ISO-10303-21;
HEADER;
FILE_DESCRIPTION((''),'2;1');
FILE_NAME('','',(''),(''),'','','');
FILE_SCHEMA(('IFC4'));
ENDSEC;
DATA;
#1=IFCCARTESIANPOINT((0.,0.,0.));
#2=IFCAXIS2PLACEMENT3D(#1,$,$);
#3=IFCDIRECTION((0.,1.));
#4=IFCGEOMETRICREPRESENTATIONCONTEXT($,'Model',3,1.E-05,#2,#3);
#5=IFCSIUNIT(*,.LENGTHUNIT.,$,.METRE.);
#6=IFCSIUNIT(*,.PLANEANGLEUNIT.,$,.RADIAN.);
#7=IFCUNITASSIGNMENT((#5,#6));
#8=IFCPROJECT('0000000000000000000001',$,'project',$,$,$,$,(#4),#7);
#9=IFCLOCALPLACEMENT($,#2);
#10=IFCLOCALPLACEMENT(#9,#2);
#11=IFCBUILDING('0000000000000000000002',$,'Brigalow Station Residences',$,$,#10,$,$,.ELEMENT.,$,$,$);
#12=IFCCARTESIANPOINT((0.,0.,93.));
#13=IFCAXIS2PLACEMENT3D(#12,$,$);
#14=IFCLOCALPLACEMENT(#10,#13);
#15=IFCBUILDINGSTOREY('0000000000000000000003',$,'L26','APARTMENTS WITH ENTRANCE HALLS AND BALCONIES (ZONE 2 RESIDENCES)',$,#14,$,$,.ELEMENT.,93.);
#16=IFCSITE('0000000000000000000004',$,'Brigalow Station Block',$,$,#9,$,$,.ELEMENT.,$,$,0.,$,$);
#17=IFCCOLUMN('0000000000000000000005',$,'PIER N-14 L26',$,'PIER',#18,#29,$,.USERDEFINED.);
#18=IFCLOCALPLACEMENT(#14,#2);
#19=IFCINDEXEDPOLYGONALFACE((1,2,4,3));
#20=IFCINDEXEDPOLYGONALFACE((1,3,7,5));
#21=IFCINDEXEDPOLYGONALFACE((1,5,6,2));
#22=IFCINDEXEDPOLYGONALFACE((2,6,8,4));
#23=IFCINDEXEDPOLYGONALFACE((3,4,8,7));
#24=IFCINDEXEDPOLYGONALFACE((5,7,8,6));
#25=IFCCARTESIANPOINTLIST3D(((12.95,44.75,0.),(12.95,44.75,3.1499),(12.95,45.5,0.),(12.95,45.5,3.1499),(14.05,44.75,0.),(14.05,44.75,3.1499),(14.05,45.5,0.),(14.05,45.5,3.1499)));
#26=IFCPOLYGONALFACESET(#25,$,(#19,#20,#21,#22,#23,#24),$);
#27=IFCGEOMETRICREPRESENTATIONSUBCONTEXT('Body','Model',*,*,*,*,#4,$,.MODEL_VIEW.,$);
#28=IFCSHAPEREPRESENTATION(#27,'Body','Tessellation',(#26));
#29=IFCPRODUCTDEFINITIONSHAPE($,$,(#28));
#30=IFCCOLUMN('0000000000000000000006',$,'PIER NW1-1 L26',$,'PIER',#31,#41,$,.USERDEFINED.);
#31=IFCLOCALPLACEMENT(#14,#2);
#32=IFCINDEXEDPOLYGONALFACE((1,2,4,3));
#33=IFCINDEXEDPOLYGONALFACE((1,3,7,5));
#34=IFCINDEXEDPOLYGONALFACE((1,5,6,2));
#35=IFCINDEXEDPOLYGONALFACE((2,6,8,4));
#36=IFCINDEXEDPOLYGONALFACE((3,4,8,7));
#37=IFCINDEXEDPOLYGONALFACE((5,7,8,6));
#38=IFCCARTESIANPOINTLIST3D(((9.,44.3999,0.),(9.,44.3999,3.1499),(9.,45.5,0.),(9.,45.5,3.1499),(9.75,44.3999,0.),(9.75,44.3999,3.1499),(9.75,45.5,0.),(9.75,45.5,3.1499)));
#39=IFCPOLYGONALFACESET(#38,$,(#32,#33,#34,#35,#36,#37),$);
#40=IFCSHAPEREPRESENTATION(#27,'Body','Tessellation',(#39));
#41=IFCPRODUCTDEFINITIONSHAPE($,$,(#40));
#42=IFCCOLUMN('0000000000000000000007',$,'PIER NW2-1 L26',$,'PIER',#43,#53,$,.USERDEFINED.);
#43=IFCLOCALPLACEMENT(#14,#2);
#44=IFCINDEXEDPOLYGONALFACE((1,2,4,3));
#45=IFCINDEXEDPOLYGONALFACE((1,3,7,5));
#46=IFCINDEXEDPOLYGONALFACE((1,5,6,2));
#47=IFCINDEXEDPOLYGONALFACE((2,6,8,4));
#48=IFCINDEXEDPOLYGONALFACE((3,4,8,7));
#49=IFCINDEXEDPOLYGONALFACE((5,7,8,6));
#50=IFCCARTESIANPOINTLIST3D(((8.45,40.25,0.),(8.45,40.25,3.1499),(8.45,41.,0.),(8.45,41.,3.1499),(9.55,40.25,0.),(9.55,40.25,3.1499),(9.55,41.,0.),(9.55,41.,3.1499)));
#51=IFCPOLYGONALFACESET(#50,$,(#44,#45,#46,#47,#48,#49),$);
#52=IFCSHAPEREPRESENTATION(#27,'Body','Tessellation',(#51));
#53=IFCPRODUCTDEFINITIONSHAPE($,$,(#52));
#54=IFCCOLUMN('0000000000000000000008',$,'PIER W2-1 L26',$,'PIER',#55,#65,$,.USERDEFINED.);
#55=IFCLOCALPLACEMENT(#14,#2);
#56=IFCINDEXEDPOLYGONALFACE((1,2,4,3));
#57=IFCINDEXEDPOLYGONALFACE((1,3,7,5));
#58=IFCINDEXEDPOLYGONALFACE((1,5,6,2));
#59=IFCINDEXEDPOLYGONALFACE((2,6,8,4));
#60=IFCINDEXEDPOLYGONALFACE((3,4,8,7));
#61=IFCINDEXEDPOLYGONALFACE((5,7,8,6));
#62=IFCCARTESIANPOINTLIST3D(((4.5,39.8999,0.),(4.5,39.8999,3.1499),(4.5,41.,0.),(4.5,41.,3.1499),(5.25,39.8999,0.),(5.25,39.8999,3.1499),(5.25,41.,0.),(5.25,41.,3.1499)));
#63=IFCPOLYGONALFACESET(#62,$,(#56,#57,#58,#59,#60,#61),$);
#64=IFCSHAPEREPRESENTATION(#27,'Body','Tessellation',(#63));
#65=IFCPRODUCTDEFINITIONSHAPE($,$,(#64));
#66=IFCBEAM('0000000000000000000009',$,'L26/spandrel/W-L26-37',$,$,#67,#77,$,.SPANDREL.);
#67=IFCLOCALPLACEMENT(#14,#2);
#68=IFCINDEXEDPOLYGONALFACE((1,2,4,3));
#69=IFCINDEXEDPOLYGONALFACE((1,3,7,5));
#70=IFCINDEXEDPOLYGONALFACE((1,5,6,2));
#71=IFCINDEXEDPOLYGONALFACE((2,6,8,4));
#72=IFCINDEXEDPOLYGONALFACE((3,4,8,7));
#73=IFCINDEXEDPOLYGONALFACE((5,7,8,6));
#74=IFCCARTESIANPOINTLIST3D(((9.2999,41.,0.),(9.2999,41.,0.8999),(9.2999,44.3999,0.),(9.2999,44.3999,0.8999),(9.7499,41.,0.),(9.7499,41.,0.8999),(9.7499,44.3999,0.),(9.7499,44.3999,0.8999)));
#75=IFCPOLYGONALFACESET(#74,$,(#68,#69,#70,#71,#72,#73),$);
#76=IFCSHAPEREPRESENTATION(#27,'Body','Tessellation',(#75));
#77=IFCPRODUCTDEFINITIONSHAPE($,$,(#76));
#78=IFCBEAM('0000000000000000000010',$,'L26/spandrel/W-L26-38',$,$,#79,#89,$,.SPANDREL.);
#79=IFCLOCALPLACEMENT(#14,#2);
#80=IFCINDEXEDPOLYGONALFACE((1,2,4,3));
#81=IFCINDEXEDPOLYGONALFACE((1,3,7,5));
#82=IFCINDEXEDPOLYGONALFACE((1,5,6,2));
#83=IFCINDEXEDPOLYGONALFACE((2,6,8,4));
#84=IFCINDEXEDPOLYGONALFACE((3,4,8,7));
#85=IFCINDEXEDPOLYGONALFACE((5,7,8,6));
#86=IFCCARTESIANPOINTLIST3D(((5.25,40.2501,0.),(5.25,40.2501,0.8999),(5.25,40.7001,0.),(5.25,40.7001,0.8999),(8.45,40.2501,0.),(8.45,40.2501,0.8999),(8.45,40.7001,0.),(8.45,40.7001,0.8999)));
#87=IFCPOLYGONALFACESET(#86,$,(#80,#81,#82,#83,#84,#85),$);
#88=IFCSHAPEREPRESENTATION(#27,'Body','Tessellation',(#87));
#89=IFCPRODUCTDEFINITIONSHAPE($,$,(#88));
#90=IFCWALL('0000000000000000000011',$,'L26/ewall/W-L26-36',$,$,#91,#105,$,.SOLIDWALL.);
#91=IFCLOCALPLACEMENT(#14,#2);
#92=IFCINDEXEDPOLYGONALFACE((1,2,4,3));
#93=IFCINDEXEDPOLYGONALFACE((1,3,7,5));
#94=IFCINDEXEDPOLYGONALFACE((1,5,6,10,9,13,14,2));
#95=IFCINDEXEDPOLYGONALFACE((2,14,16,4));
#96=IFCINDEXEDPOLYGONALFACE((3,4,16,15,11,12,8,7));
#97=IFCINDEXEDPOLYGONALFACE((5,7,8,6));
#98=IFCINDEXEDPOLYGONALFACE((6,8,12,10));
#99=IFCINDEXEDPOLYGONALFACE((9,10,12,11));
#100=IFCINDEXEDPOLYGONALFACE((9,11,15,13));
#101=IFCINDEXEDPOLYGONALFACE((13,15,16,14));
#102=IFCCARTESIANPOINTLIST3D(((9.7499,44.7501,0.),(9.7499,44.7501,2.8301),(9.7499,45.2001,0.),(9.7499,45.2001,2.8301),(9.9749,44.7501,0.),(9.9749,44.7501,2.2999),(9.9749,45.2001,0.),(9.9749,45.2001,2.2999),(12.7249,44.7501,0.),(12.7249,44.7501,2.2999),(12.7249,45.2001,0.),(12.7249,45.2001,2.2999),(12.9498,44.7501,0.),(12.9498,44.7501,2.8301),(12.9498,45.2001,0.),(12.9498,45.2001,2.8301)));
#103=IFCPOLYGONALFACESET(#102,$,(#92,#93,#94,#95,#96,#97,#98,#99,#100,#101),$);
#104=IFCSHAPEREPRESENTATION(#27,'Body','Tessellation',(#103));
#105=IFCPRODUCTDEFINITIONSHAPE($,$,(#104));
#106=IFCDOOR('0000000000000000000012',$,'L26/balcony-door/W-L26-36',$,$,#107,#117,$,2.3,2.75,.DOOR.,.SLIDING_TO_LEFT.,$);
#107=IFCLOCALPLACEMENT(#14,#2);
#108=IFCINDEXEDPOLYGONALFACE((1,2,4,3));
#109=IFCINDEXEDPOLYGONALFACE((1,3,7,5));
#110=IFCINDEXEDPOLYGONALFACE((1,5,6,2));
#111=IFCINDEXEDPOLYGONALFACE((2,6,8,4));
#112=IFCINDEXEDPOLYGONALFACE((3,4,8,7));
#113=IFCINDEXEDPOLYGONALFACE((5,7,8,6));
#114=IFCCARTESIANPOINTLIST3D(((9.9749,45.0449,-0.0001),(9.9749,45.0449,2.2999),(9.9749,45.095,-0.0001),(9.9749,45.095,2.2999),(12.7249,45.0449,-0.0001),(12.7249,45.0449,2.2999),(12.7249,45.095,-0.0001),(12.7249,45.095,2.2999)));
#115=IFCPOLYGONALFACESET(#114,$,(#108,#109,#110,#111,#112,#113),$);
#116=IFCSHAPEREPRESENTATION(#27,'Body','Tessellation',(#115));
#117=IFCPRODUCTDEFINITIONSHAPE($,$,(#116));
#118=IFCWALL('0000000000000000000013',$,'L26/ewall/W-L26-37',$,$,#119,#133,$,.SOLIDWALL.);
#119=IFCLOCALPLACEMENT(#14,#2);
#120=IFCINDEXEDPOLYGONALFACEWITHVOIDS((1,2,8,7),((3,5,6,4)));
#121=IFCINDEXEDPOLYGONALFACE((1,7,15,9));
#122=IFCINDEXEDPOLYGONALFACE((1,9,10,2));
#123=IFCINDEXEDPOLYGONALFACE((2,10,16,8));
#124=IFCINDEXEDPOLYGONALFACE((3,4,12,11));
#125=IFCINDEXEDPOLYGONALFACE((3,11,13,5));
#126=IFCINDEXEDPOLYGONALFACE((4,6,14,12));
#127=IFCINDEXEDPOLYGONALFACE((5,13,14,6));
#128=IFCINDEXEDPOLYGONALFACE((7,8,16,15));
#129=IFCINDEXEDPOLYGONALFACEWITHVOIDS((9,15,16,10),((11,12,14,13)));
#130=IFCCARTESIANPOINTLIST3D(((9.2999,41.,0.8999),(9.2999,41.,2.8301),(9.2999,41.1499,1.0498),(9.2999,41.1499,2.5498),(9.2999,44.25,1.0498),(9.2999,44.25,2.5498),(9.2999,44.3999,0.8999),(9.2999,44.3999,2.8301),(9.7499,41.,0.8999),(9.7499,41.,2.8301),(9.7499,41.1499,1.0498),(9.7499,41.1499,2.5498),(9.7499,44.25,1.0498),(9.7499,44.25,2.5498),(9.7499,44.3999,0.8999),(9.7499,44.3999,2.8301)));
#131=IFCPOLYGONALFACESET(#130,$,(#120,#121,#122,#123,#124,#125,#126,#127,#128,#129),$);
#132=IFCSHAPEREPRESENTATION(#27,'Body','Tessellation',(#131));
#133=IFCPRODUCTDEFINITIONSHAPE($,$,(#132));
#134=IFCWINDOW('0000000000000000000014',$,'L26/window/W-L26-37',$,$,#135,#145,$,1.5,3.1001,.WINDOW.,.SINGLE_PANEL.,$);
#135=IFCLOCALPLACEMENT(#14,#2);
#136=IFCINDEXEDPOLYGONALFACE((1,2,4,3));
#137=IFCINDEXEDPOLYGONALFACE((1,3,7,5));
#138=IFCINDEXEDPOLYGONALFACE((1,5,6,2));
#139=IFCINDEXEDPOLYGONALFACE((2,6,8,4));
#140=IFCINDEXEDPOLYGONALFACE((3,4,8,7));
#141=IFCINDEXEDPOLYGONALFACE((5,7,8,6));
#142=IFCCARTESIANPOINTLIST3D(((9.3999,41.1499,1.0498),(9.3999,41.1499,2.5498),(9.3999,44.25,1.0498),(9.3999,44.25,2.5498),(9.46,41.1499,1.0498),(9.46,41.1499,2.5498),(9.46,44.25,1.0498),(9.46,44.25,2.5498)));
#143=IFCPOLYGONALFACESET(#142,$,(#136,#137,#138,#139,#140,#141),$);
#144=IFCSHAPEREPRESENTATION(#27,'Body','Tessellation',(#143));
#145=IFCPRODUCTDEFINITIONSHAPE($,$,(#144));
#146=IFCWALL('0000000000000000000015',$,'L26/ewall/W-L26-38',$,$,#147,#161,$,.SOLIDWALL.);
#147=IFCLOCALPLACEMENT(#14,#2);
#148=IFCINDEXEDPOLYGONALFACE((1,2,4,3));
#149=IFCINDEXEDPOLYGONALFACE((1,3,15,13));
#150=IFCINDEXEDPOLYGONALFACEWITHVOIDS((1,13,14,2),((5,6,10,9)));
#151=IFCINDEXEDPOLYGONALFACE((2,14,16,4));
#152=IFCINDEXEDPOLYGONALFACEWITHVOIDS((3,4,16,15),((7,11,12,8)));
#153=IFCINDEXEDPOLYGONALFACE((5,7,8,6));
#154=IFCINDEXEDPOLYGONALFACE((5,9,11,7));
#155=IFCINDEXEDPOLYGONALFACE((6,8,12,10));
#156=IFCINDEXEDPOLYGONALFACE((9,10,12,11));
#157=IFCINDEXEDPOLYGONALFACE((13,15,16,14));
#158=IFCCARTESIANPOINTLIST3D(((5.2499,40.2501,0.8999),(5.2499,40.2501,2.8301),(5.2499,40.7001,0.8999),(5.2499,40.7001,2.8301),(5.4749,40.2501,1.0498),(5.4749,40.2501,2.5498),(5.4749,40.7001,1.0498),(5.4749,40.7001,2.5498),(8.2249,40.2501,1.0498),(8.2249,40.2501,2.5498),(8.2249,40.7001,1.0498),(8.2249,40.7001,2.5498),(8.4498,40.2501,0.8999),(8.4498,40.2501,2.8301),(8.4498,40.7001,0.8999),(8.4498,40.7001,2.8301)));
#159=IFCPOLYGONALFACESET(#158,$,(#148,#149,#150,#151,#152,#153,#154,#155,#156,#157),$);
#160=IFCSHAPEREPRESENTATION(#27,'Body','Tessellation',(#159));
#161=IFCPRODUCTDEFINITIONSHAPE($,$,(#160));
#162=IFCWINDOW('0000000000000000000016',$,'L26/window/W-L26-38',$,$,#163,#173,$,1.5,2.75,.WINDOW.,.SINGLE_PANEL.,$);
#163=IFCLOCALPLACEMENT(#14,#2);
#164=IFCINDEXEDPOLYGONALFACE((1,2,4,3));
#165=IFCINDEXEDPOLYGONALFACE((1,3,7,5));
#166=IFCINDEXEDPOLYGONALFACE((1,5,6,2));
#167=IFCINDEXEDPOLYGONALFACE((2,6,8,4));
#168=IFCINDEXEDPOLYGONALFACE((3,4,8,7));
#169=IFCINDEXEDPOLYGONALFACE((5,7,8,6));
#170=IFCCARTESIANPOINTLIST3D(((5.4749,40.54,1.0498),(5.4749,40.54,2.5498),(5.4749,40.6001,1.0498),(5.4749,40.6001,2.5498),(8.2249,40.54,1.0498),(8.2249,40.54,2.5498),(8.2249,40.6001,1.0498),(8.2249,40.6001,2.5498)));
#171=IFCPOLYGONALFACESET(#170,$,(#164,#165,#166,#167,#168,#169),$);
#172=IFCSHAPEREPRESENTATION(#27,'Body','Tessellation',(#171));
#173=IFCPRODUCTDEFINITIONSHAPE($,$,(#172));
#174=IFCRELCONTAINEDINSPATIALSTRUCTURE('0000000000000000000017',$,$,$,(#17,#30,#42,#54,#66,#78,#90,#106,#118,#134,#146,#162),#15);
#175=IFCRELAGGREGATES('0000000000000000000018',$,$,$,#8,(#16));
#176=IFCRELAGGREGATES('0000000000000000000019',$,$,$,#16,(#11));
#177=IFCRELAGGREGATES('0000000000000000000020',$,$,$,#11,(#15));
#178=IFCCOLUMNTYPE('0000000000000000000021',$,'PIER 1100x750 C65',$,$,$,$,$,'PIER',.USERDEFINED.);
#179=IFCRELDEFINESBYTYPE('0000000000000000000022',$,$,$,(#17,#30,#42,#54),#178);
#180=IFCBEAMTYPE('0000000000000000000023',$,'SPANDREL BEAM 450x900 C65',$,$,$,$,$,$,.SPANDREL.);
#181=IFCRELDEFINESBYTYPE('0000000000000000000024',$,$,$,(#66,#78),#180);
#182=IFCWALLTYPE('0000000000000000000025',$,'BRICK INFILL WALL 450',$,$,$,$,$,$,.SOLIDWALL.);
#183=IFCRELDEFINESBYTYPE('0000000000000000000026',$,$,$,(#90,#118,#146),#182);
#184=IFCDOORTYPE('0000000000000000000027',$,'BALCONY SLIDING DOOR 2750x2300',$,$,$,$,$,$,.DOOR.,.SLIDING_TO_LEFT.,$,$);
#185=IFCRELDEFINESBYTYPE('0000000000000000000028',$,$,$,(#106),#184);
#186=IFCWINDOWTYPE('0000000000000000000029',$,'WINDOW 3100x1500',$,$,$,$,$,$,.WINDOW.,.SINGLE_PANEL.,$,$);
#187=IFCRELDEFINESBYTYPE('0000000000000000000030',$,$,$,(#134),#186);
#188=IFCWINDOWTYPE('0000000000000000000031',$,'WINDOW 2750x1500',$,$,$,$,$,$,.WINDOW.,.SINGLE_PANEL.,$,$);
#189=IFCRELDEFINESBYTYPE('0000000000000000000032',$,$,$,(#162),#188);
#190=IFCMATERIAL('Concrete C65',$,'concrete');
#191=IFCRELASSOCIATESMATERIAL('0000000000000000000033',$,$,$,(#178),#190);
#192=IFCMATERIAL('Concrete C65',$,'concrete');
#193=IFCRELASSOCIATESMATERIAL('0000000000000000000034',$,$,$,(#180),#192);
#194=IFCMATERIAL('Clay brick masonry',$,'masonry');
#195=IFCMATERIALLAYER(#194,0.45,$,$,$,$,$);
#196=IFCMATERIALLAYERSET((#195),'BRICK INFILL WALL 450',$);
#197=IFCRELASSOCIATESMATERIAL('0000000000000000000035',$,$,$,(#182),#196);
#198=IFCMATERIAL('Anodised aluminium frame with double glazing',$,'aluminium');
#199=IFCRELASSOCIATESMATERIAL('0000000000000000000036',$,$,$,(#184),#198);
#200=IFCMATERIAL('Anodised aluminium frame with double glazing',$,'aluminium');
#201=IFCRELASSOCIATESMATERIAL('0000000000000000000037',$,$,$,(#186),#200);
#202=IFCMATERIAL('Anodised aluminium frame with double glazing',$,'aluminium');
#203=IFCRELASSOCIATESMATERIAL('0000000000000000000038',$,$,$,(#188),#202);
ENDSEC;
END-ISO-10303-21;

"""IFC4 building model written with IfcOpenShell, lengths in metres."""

from ifc_helpers import new_model, si_unit, direction, frame, frame_2d, origin, origin_2d, place, context, subcontext, project, spatial, rectangle, extrude, material, layer, layer_set, material_profile, profile_set, type_object, element, fill, save


model = new_model("IFC4")

# Units and contexts
model_context = context("Model", 3, precision=1e-05, world=origin(), true_north=direction((0.0, 1.0)))
body_context = subcontext(model_context, "Body", "Model", "MODEL_VIEW")
ifc_project = project(units=[si_unit("LENGTHUNIT", "METRE"), si_unit("PLANEANGLEUNIT", "RADIAN")], contexts=[model_context])

# Site, building, storey
site_placement = place(None, origin())
site = spatial("IfcSite", under=ifc_project, at=site_placement, Name="Brigalow Station Block", CompositionType="ELEMENT", RefElevation=0.0)
building_placement = place(site_placement, origin())
building = spatial("IfcBuilding", under=site, at=building_placement, Name="Brigalow Station Residences", CompositionType="ELEMENT")
storey_placement = place(building_placement, frame((0.0, 0.0, 93.0)))
storey = spatial("IfcBuildingStorey", under=building, at=storey_placement, Name="L26", Description="APARTMENTS WITH ENTRANCE HALLS AND BALCONIES (ZONE 2 RESIDENCES)", CompositionType="ELEMENT", Elevation=93.0)

# Columns
ifc_material_1 = material(Name="Concrete C65", Category="concrete")
ifc_material_profile_1 = material_profile(ifc_material_1, rectangle(XDim=1.1001, YDim=0.75, at=origin_2d()), Name="RC1100x750")
ifc_profile_set_1 = profile_set([ifc_material_profile_1], Name="Concrete C65")
column_type = type_object("IfcColumnType", Name="PIER 1100x750 C65", ElementType="PIER", PredefinedType="USERDEFINED", material=ifc_profile_set_1)
for number, where, z_axis, x_axis, name in (
    (1, (13.5, 45.125, 0.0), (0.0, 0.0, 1.0), (-1.0, 0.0, 0.0), "PIER N-14 L26"),
    (2, (9.375, 44.95, 0.0), (0.0, 0.0, 1.0), (0.0, -1.0, 0.0), "PIER NW1-1 L26"),
    (3, (9.0, 40.625, 0.0), (0.0, 0.0, 1.0), (-1.0, 0.0, 0.0), "PIER NW2-1 L26"),
    (4, (4.875, 40.45, 0.0), (0.0, 0.0, 1.0), (0.0, -1.0, 0.0), "PIER W2-1 L26"),
):
    element("IfcColumn", number, at=place(storey_placement, frame(where, z_axis=z_axis, x_axis=x_axis)), inside=storey, type_object=column_type, Name=name, ObjectType="PIER", PredefinedType="USERDEFINED", context=body_context, shape_type="SweptSolid", body=[
        extrude(rectangle(XDim=1.1001, YDim=0.75, at=origin_2d()), origin(), (0.0, 0.0, 1.0), 3.1499),
    ])

# Beams
ifc_material_2 = material(Name="Concrete C65", Category="concrete")
ifc_material_profile_2 = material_profile(ifc_material_2, rectangle(XDim=0.45, YDim=0.8999, at=origin_2d()), Name="RC450x900")
ifc_profile_set_2 = profile_set([ifc_material_profile_2], Name="Concrete C65")
beam_type = type_object("IfcBeamType", Name="SPANDREL BEAM 450x900 C65", PredefinedType="SPANDREL", material=ifc_profile_set_2)
beam_1_placement = place(storey_placement, frame((9.5249, 44.3999, 0.45), z_axis=(0.0, -1.0, 0.0), x_axis=(1.0, 0.0, 0.0)))
element("IfcBeam", 5, at=beam_1_placement, inside=storey, type_object=beam_type, Name="L26/spandrel/W-L26-37", PredefinedType="SPANDREL", context=body_context, shape_type="SweptSolid", body=[
    extrude(rectangle(XDim=0.45, YDim=0.8999, at=origin_2d()), origin(), (0.0, 0.0, 1.0), 3.3999),
])
beam_2_placement = place(storey_placement, frame((8.45, 40.4751, 0.45), z_axis=(-1.0, 0.0, 0.0), x_axis=(0.0, -1.0, 0.0)))
element("IfcBeam", 6, at=beam_2_placement, inside=storey, type_object=beam_type, Name="L26/spandrel/W-L26-38", PredefinedType="SPANDREL", context=body_context, shape_type="SweptSolid", body=[
    extrude(rectangle(XDim=0.45, YDim=0.8999, at=origin_2d()), origin(), (0.0, 0.0, 1.0), 3.2),
])

# Wall, opening, door
ifc_material_3 = material(Name="Clay brick masonry", Category="masonry")
ifc_layer_1 = layer(ifc_material_3, 0.45)
ifc_layer_set_1 = layer_set([ifc_layer_1], Name="BRICK INFILL WALL 450")
wall_type_1 = type_object("IfcWallType", Name="BRICK INFILL WALL 450", PredefinedType="SOLIDWALL", material=ifc_layer_set_1)
wall_1_placement = place(storey_placement, frame((12.95, 44.9751, 0.0), z_axis=(0.0, 0.0, 1.0), x_axis=(-1.0, 0.0, 0.0)))
wall_1 = element("IfcWall", 7, at=wall_1_placement, inside=storey, type_object=wall_type_1, Name="L26/ewall/W-L26-36", PredefinedType="SOLIDWALL", context=body_context, shape_type="SweptSolid", body=[
    extrude(rectangle(XDim=3.2, YDim=0.45, at=frame_2d((1.6001, 0.0))), origin(), (0.0, 0.0, 1.0), 2.8301),
])
opening_1_placement = place(wall_1_placement, frame((0.2251, 0.0, 0.0)))
opening_1 = element("IfcOpeningElement", 8, at=opening_1_placement, cuts=wall_1, PredefinedType="OPENING", context=body_context, shape_type="SweptSolid", body=[
    extrude(rectangle(XDim=2.75, YDim=2.3, at=frame_2d((1.375, 1.1499))), frame((0.0, 0.2349, 0.0), z_axis=(0.0, -1.0, 0.0), x_axis=(1.0, 0.0, 0.0)), (0.0, 0.0, 1.0), 0.47),
])
ifc_material_4 = material(Name="Anodised aluminium frame with double glazing", Category="aluminium")
door_type_1 = type_object("IfcDoorType", Name="BALCONY SLIDING DOOR 2750x2300", OperationType="SLIDING_TO_LEFT", PredefinedType="DOOR", material=ifc_material_4)
door_1_placement = place(opening_1_placement, origin())
door_1 = element("IfcDoor", 9, at=door_1_placement, inside=storey, type_object=door_type_1, Name="L26/balcony-door/W-L26-36", OperationType="SLIDING_TO_LEFT", OverallHeight=2.3, OverallWidth=2.75, PredefinedType="DOOR", context=body_context, shape_type="SweptSolid", body=[
    extrude(rectangle(XDim=2.75, YDim=2.3, at=frame_2d((1.375, 1.1499))), frame((0.0, -0.0698, 0.0), z_axis=(0.0, -1.0, 0.0), x_axis=(1.0, 0.0, 0.0)), (0.0, 0.0, 1.0), 0.05),
])
fill(opening_1, door_1)

# Walls, openings, windows
wall_2_placement = place(storey_placement, frame((9.5249, 44.3999, 0.8999), z_axis=(0.0, 0.0, 1.0), x_axis=(0.0, -1.0, 0.0)))
wall_2 = element("IfcWall", 10, at=wall_2_placement, inside=storey, type_object=wall_type_1, Name="L26/ewall/W-L26-37", PredefinedType="SOLIDWALL", context=body_context, shape_type="SweptSolid", body=[
    extrude(rectangle(XDim=3.3999, YDim=0.45, at=frame_2d((1.7, 0.0))), origin(), (0.0, 0.0, 1.0), 1.9302),
])
opening_2_placement = place(wall_2_placement, frame((0.1499, 0.0, 0.1499)))
opening_2 = element("IfcOpeningElement", 11, at=opening_2_placement, cuts=wall_2, PredefinedType="OPENING", context=body_context, shape_type="SweptSolid", body=[
    extrude(rectangle(XDim=3.1001, YDim=1.5, at=frame_2d((1.55, 0.75))), frame((0.0, 0.2349, 0.0), z_axis=(0.0, -1.0, 0.0), x_axis=(1.0, 0.0, 0.0)), (0.0, 0.0, 1.0), 0.47),
])
ifc_material_5 = material(Name="Anodised aluminium frame with double glazing", Category="aluminium")
window_type_1 = type_object("IfcWindowType", Name="WINDOW 3100x1500", PartitioningType="SINGLE_PANEL", PredefinedType="WINDOW", material=ifc_material_5)
window_1_placement = place(opening_2_placement, origin())
window_1 = element("IfcWindow", 12, at=window_1_placement, inside=storey, type_object=window_type_1, Name="L26/window/W-L26-37", OverallHeight=1.5, OverallWidth=3.1001, PartitioningType="SINGLE_PANEL", PredefinedType="WINDOW", context=body_context, shape_type="SweptSolid", body=[
    extrude(rectangle(XDim=3.1001, YDim=1.5, at=frame_2d((1.55, 0.75))), frame((0.0, -0.0649, 0.0), z_axis=(0.0, -1.0, 0.0), x_axis=(1.0, 0.0, 0.0)), (0.0, 0.0, 1.0), 0.0601),
])
fill(opening_2, window_1)
wall_3_placement = place(storey_placement, frame((8.45, 40.4751, 0.8999), z_axis=(0.0, 0.0, 1.0), x_axis=(-1.0, 0.0, 0.0)))
wall_3 = element("IfcWall", 13, at=wall_3_placement, inside=storey, type_object=wall_type_1, Name="L26/ewall/W-L26-38", PredefinedType="SOLIDWALL", context=body_context, shape_type="SweptSolid", body=[
    extrude(rectangle(XDim=3.2, YDim=0.45, at=frame_2d((1.6001, 0.0))), origin(), (0.0, 0.0, 1.0), 1.9302),
])
opening_3_placement = place(wall_3_placement, frame((0.2251, 0.0, 0.1499)))
opening_3 = element("IfcOpeningElement", 14, at=opening_3_placement, cuts=wall_3, PredefinedType="OPENING", context=body_context, shape_type="SweptSolid", body=[
    extrude(rectangle(XDim=2.75, YDim=1.5, at=frame_2d((1.375, 0.75))), frame((0.0, 0.2349, 0.0), z_axis=(0.0, -1.0, 0.0), x_axis=(1.0, 0.0, 0.0)), (0.0, 0.0, 1.0), 0.47),
])
ifc_material_6 = material(Name="Anodised aluminium frame with double glazing", Category="aluminium")
window_type_2 = type_object("IfcWindowType", Name="WINDOW 2750x1500", PartitioningType="SINGLE_PANEL", PredefinedType="WINDOW", material=ifc_material_6)
window_2_placement = place(opening_3_placement, origin())
window_2 = element("IfcWindow", 15, at=window_2_placement, inside=storey, type_object=window_type_2, Name="L26/window/W-L26-38", OverallHeight=1.5, OverallWidth=2.75, PartitioningType="SINGLE_PANEL", PredefinedType="WINDOW", context=body_context, shape_type="SweptSolid", body=[
    extrude(rectangle(XDim=2.75, YDim=1.5, at=frame_2d((1.375, 0.75))), frame((0.0, -0.0649, 0.0), z_axis=(0.0, -1.0, 0.0), x_axis=(1.0, 0.0, 0.0)), (0.0, 0.0, 1.0), 0.0601),
])
fill(opening_3, window_2)

save(model, "model.ifc")
